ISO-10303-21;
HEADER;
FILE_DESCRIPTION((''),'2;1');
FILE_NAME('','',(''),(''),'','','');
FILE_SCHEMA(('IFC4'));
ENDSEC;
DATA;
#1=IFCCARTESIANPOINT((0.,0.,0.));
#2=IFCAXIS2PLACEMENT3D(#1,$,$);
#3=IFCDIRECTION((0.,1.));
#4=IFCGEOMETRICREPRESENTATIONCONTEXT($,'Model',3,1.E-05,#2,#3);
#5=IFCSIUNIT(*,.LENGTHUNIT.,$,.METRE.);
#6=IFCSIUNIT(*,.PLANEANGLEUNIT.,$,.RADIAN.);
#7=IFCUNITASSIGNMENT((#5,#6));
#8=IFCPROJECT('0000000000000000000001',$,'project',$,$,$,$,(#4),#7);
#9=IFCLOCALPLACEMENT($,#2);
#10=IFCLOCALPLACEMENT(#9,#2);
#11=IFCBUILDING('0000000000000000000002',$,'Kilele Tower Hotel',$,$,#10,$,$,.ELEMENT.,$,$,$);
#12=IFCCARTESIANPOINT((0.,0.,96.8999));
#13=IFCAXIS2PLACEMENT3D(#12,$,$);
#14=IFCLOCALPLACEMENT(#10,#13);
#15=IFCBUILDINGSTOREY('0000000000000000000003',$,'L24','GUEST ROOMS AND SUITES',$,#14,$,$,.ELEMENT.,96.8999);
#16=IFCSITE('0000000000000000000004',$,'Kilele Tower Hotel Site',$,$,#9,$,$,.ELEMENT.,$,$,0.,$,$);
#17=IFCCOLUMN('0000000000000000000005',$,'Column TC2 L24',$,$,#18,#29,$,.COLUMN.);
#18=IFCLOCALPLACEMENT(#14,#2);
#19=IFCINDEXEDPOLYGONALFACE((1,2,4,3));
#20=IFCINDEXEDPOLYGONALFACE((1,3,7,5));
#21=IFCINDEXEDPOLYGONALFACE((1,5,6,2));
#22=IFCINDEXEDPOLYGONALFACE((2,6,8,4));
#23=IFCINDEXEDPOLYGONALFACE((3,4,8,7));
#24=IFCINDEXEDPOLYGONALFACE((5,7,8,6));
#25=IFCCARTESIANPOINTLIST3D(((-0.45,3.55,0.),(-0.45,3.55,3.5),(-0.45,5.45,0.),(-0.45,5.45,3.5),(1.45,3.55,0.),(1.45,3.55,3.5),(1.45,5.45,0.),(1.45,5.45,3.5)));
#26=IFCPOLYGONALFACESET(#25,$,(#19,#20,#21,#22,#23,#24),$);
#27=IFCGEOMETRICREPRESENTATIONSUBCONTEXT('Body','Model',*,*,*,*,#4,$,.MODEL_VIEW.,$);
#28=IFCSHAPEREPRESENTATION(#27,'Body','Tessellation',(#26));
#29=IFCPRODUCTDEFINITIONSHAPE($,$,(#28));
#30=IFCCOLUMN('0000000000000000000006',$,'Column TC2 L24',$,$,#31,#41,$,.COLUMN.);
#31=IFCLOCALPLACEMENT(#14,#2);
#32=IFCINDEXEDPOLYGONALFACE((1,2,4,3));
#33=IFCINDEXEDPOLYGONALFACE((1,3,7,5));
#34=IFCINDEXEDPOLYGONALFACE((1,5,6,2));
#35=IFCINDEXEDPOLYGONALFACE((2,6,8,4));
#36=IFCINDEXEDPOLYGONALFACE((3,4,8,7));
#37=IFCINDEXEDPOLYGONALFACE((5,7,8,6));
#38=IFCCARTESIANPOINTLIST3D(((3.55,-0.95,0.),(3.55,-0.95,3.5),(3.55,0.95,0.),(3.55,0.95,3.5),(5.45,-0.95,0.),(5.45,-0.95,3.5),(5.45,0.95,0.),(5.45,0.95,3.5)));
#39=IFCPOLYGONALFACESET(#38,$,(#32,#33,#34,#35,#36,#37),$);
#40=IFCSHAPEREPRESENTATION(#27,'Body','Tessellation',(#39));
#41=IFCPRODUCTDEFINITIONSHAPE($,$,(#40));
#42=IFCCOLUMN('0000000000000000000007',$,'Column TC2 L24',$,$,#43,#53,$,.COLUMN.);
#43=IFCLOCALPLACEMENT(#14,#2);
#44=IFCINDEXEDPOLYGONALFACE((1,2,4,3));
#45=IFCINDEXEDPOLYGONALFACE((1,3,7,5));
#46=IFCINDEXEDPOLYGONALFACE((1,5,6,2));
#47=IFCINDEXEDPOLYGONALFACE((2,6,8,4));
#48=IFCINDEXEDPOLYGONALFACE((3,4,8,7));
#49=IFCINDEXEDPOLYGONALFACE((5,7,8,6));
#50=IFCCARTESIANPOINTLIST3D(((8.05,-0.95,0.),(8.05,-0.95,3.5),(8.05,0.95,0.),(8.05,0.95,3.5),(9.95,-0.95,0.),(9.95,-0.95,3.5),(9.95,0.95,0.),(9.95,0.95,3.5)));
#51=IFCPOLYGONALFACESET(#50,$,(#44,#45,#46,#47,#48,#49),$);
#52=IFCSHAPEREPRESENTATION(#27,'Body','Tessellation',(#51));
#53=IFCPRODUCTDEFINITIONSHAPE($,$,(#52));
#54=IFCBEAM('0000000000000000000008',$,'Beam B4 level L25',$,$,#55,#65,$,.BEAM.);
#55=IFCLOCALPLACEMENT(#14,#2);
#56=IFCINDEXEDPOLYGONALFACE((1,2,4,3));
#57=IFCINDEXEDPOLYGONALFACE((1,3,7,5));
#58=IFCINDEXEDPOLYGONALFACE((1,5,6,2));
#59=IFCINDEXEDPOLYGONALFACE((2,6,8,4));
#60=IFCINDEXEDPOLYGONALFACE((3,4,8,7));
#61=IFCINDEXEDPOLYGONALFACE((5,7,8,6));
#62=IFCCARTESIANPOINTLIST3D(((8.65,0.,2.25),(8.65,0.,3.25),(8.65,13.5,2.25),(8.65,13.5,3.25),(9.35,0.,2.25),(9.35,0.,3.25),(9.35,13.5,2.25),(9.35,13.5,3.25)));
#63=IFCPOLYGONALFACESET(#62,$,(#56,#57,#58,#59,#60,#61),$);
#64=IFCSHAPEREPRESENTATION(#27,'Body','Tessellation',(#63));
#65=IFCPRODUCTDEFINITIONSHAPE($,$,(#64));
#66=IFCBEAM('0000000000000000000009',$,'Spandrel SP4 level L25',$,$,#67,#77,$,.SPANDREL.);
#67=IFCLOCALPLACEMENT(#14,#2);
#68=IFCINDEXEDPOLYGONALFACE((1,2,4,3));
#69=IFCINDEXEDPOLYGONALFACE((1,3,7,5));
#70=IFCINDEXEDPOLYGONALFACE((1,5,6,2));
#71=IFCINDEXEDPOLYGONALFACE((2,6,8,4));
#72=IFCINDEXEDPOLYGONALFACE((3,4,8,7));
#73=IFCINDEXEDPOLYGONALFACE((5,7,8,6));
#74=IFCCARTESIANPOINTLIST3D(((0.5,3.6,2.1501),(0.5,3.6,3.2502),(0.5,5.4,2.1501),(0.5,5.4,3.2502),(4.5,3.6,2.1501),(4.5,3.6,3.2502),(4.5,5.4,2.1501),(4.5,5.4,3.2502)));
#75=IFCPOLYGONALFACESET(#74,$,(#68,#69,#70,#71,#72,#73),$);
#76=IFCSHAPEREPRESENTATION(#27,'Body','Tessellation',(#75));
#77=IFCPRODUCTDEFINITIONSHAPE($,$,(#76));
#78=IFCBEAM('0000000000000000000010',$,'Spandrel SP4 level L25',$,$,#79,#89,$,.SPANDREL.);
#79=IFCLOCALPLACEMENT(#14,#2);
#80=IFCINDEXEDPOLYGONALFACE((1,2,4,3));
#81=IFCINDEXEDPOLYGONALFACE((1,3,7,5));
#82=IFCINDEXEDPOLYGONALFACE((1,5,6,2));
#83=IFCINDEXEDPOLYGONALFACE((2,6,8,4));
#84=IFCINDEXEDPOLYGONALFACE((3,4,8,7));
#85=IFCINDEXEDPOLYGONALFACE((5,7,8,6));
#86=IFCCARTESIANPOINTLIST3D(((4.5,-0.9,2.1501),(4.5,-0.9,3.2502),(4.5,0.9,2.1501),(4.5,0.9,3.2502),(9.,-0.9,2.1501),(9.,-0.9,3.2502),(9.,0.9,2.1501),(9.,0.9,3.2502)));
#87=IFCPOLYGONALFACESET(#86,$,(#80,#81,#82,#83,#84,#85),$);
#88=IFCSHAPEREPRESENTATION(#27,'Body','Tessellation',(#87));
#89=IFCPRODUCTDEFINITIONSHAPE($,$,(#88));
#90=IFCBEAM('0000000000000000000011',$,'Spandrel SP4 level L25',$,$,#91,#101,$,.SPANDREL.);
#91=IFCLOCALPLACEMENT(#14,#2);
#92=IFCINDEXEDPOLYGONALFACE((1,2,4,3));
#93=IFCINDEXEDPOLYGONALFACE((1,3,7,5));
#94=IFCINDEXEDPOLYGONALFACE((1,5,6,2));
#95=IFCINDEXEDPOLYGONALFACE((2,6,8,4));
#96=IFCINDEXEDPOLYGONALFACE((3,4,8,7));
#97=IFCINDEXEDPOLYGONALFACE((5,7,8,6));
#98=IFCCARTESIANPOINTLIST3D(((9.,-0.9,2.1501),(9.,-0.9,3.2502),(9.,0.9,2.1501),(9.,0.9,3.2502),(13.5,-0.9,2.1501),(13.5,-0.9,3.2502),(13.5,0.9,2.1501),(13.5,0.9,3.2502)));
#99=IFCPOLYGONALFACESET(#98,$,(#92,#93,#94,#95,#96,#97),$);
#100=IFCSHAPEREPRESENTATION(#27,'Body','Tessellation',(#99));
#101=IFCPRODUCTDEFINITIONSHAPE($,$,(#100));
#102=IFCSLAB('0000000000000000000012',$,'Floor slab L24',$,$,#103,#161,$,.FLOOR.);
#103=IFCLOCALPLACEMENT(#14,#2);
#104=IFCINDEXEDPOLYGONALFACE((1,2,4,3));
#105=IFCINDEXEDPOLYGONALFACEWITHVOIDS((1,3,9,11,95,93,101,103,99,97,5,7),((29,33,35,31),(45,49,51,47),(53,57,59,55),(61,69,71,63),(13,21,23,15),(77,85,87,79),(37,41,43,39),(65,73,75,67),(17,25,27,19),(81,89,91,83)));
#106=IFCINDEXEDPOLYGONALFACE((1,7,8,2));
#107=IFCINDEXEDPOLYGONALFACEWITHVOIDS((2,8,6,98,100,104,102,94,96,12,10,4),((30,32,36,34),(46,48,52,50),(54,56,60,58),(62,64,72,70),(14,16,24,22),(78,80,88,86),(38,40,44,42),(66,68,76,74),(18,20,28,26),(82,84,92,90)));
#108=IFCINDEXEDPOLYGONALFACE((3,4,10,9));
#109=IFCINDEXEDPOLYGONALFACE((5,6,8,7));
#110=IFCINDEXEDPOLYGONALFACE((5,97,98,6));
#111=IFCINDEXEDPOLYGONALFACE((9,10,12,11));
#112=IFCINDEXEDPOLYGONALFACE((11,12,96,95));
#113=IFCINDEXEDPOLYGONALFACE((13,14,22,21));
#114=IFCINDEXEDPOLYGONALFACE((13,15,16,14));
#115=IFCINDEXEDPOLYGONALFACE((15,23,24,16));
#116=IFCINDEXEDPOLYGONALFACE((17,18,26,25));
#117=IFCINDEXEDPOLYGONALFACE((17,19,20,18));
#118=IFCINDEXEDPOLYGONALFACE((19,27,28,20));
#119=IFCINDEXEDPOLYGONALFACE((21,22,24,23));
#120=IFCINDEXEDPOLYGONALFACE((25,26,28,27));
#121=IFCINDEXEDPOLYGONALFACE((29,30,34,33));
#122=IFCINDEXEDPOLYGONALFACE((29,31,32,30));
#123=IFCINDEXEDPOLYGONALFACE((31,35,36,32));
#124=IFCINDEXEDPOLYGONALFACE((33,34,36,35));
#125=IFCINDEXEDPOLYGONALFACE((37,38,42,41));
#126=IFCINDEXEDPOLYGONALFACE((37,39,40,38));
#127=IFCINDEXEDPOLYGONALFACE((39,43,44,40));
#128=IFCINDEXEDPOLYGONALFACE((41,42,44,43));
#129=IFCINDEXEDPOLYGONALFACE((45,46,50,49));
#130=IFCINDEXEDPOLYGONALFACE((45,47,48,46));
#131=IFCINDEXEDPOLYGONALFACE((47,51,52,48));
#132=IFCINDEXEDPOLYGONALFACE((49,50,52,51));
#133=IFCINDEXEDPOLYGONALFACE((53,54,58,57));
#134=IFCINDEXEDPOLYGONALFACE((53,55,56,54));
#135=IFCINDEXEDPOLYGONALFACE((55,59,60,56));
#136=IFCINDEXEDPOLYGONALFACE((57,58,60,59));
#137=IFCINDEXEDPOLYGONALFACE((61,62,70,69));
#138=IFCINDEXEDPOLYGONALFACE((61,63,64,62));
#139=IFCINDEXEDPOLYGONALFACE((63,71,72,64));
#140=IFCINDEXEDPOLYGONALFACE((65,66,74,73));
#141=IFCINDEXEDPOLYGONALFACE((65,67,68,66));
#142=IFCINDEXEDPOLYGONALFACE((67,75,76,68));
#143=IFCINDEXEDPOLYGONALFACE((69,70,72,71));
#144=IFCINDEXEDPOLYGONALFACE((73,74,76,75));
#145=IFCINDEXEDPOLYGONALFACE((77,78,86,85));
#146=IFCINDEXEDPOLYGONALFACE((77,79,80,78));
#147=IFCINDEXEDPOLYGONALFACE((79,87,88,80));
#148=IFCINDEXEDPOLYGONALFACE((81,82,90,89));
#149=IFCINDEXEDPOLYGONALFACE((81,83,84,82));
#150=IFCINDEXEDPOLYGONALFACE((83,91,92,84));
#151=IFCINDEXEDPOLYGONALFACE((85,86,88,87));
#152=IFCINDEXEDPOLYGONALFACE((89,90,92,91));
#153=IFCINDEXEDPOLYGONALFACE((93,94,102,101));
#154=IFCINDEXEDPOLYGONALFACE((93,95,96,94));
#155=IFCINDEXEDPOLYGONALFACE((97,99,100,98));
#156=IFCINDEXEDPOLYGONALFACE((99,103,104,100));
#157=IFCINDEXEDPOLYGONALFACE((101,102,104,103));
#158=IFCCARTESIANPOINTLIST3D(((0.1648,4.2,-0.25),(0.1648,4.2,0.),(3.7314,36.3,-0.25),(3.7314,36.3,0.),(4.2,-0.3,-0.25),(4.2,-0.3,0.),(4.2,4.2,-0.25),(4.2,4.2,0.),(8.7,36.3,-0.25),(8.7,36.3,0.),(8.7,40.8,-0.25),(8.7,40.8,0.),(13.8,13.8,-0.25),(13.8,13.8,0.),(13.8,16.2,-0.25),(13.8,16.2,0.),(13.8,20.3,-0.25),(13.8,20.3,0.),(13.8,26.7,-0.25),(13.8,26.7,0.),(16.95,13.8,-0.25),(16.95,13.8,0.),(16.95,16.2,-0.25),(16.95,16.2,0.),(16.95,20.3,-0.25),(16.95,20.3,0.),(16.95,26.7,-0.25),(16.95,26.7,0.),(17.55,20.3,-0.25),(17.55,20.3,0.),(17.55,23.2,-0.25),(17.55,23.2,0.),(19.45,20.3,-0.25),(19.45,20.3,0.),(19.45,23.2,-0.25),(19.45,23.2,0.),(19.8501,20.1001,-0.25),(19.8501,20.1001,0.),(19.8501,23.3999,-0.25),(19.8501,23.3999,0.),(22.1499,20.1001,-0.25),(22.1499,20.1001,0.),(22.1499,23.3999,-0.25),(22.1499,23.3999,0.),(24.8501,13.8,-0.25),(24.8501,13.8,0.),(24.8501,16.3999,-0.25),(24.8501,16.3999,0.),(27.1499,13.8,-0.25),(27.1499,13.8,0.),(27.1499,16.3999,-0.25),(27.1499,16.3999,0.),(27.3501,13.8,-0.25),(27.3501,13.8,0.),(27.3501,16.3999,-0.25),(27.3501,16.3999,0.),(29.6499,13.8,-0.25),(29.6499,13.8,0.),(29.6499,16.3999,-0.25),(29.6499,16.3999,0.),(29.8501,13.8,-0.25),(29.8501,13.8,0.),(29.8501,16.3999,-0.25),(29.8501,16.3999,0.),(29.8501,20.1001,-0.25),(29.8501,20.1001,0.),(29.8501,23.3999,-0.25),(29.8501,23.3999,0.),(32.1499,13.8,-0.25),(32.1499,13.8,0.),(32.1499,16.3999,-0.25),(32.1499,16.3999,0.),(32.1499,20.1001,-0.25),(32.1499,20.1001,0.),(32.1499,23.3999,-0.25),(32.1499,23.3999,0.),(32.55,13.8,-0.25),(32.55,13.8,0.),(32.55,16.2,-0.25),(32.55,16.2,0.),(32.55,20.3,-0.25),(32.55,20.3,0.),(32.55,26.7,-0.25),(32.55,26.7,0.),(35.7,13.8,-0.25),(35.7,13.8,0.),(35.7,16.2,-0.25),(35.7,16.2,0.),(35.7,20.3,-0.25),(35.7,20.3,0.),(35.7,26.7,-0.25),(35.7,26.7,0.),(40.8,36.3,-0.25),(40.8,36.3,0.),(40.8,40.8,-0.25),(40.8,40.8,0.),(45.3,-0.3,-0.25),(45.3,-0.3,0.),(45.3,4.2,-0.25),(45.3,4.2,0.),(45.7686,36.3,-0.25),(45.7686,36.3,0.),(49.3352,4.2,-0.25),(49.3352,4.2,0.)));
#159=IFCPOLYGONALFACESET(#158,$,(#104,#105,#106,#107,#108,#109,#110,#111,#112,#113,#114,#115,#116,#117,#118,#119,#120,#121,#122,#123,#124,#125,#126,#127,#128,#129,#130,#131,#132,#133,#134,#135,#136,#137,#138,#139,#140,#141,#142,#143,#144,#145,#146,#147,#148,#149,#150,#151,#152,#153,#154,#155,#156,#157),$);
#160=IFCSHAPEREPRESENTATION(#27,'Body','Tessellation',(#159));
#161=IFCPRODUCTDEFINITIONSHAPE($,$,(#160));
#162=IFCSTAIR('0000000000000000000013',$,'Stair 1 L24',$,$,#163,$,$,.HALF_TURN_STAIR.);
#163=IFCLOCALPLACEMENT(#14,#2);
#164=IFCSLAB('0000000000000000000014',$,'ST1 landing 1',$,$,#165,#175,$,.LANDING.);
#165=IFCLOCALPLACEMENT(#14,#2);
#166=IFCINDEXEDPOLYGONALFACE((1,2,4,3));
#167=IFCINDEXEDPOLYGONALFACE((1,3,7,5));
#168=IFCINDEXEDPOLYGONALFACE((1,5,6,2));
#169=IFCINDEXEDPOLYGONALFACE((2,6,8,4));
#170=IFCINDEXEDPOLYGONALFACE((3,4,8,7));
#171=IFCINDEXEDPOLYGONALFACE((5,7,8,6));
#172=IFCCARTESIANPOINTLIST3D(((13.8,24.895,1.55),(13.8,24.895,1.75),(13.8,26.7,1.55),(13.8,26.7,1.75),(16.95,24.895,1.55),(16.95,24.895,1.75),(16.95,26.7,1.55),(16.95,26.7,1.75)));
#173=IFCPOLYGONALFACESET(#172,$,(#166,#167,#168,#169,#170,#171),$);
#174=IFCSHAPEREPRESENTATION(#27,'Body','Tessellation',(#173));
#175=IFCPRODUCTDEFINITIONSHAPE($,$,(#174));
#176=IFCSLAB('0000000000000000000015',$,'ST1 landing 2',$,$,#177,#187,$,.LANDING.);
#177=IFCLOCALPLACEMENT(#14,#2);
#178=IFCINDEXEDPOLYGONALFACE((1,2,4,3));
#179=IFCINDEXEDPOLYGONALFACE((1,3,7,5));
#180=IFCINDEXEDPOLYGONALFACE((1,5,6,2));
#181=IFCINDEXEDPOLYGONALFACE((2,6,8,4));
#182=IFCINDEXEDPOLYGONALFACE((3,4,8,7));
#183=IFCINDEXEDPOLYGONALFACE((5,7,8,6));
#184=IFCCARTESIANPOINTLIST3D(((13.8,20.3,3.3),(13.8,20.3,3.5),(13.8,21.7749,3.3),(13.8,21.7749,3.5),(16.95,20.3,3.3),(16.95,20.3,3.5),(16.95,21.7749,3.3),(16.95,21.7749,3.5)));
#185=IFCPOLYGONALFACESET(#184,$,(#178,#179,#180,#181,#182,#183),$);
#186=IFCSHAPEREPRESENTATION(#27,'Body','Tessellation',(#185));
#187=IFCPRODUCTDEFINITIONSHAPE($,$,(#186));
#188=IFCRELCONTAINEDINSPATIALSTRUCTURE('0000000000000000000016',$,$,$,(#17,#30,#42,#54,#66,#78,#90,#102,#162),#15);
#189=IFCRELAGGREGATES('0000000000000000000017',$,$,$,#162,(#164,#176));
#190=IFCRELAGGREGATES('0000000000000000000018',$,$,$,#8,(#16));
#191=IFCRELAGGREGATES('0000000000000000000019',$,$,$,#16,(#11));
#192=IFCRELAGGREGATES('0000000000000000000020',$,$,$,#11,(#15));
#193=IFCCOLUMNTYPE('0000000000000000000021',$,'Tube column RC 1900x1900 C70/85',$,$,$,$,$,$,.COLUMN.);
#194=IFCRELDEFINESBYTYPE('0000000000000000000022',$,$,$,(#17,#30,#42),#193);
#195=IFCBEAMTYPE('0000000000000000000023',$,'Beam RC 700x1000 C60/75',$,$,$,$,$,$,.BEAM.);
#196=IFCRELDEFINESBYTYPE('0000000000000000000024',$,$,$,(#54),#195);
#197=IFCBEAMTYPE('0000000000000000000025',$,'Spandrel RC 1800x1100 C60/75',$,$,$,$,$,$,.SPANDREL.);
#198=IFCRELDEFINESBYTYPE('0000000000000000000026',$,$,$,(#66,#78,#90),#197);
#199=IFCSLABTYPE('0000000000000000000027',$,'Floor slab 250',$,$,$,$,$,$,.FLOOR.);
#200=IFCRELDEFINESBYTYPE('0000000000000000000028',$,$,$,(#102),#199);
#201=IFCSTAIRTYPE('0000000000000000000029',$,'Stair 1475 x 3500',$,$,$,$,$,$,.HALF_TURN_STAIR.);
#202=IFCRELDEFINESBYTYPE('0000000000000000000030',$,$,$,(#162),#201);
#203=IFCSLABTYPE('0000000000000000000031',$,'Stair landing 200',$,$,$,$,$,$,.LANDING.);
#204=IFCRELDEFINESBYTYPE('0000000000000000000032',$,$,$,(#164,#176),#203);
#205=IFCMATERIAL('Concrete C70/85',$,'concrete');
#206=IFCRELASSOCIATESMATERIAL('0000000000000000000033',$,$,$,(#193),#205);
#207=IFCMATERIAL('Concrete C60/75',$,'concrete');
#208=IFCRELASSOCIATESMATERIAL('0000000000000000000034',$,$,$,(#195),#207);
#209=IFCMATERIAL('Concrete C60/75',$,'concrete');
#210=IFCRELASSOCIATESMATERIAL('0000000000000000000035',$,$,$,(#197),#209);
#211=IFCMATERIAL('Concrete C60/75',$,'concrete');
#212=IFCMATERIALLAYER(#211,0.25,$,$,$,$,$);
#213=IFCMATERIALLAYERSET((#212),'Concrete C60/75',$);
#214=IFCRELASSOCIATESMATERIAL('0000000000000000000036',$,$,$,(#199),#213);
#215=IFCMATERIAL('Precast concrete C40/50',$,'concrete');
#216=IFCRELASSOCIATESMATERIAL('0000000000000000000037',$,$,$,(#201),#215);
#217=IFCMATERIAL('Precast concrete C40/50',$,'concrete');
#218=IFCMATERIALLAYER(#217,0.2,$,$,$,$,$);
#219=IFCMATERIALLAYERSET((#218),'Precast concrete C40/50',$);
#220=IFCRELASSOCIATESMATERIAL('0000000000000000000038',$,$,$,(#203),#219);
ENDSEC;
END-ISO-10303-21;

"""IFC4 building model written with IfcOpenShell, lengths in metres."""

from ifc_helpers import new_model, si_unit, direction, frame, origin, origin_2d, place, context, subcontext, project, spatial, polyline, rectangle, outline, extrude, material, layer, layer_set, material_profile, profile_set, type_object, element, aggregate, save


model = new_model("IFC4")

# Units and contexts
model_context = context("Model", 3, precision=1e-05, world=origin(), true_north=direction((0.0, 1.0)))
body_context = subcontext(model_context, "Body", "Model", "MODEL_VIEW")
ifc_project = project(units=[si_unit("LENGTHUNIT", "METRE"), si_unit("PLANEANGLEUNIT", "RADIAN")], contexts=[model_context])

# Site, building, storey
site_placement = place(None, origin())
site = spatial("IfcSite", under=ifc_project, at=site_placement, Name="Kilele Tower Hotel Site", CompositionType="ELEMENT", RefElevation=0.0)
building_placement = place(site_placement, origin())
building = spatial("IfcBuilding", under=site, at=building_placement, Name="Kilele Tower Hotel", CompositionType="ELEMENT")
storey_placement = place(building_placement, frame((0.0, 0.0, 96.8999)))
storey = spatial("IfcBuildingStorey", under=building, at=storey_placement, Name="L24", Description="GUEST ROOMS AND SUITES", CompositionType="ELEMENT", Elevation=96.8999)

# Columns
ifc_material_1 = material(Name="Concrete C70/85", Category="concrete")
ifc_material_profile_1 = material_profile(ifc_material_1, rectangle(XDim=1.8999, YDim=1.8999, at=origin_2d()))
ifc_profile_set_1 = profile_set([ifc_material_profile_1], Name="Concrete C70/85")
column_type = type_object("IfcColumnType", Name="Tube column RC 1900x1900 C70/85", PredefinedType="COLUMN", material=ifc_profile_set_1)
for number, where, z_axis, x_axis, name in (
    (1, (0.5, 4.5, 0.0), (0.0, 0.0, 1.0), (1.0, 0.0, 0.0), "Column TC2 L24"),
    (2, (4.5, 0.0, 0.0), (0.0, 0.0, 1.0), (1.0, 0.0, 0.0), "Column TC2 L24"),
    (3, (9.0, 0.0, 0.0), (0.0, 0.0, 1.0), (1.0, 0.0, 0.0), "Column TC2 L24"),
):
    element("IfcColumn", number, at=place(storey_placement, frame(where, z_axis=z_axis, x_axis=x_axis)), inside=storey, type_object=column_type, Name=name, PredefinedType="COLUMN", context=body_context, shape_type="SweptSolid", body=[
        extrude(rectangle(XDim=1.8999, YDim=1.8999, at=origin_2d()), origin(), (0.0, 0.0, 1.0), 3.5),
    ])

# Beams
ifc_material_2 = material(Name="Concrete C60/75", Category="concrete")
ifc_material_profile_2 = material_profile(ifc_material_2, rectangle(XDim=0.7, YDim=1.0, at=origin_2d()))
ifc_profile_set_2 = profile_set([ifc_material_profile_2], Name="Concrete C60/75")
beam_type_1 = type_object("IfcBeamType", Name="Beam RC 700x1000 C60/75", PredefinedType="BEAM", material=ifc_profile_set_2)
beam_1_placement = place(storey_placement, frame((9.0, 0.0, 2.75), z_axis=(0.0, 1.0, 0.0), x_axis=(-1.0, 0.0, 0.0)))
element("IfcBeam", 4, at=beam_1_placement, inside=storey, type_object=beam_type_1, Name="Beam B4 level L25", PredefinedType="BEAM", context=body_context, shape_type="SweptSolid", body=[
    extrude(rectangle(XDim=0.7, YDim=1.0, at=origin_2d()), origin(), (0.0, 0.0, 1.0), 13.5),
])
ifc_material_3 = material(Name="Concrete C60/75", Category="concrete")
ifc_material_profile_3 = material_profile(ifc_material_3, rectangle(XDim=1.8, YDim=1.1001, at=origin_2d()))
ifc_profile_set_3 = profile_set([ifc_material_profile_3], Name="Concrete C60/75")
beam_type_2 = type_object("IfcBeamType", Name="Spandrel RC 1800x1100 C60/75", PredefinedType="SPANDREL", material=ifc_profile_set_3)
beam_2_placement = place(storey_placement, frame((0.5, 4.5, 2.7002), z_axis=(1.0, 0.0, 0.0), x_axis=(0.0, 1.0, 0.0)))
element("IfcBeam", 5, at=beam_2_placement, inside=storey, type_object=beam_type_2, Name="Spandrel SP4 level L25", PredefinedType="SPANDREL", context=body_context, shape_type="SweptSolid", body=[
    extrude(rectangle(XDim=1.8, YDim=1.1001, at=origin_2d()), origin(), (0.0, 0.0, 1.0), 4.0),
])
for number, where, z_axis, x_axis, name in (
    (6, (4.5, 0.0, 2.7002), (1.0, 0.0, 0.0), (0.0, 1.0, 0.0), "Spandrel SP4 level L25"),
    (7, (9.0, 0.0, 2.7002), (1.0, 0.0, 0.0), (0.0, 1.0, 0.0), "Spandrel SP4 level L25"),
):
    element("IfcBeam", number, at=place(storey_placement, frame(where, z_axis=z_axis, x_axis=x_axis)), inside=storey, type_object=beam_type_2, Name=name, PredefinedType="SPANDREL", context=body_context, shape_type="SweptSolid", body=[
        extrude(rectangle(XDim=1.8, YDim=1.1001, at=origin_2d()), origin(), (0.0, 0.0, 1.0), 4.5),
    ])

# Slab
ifc_material_4 = material(Name="Concrete C60/75", Category="concrete")
ifc_layer_1 = layer(ifc_material_4, 0.25)
ifc_layer_set_1 = layer_set([ifc_layer_1], Name="Concrete C60/75")
slab_type_1 = type_object("IfcSlabType", Name="Floor slab 250", PredefinedType="FLOOR", material=ifc_layer_set_1)
slab_1_placement = place(storey_placement, frame((0.0, 0.0, -0.25)))
element("IfcSlab", 8, at=slab_1_placement, inside=storey, type_object=slab_type_1, Name="Floor slab L24", PredefinedType="FLOOR", context=body_context, shape_type="SweptSolid", body=[
    extrude(outline(polyline([(8.7, 36.3), (8.7, 40.8), (40.8, 40.8), (40.8, 36.3), (45.7686, 36.3), (49.3352, 4.2), (45.3, 4.2), (45.3, -0.3), (4.2, -0.3), (4.2, 4.2), (0.1648, 4.2), (3.7314, 36.3), (8.7, 36.3)]), holes=[polyline([(16.95, 16.2), (13.8, 16.2), (13.8, 13.8), (16.95, 13.8), (16.95, 16.2)]), polyline([(35.7, 16.2), (32.55, 16.2), (32.55, 13.8), (35.7, 13.8), (35.7, 16.2)]), polyline([(27.1499, 16.3999), (24.8501, 16.3999), (24.8501, 13.8), (27.1499, 13.8), (27.1499, 16.3999)]), polyline([(29.6499, 13.8), (29.6499, 16.3999), (27.3501, 16.3999), (27.3501, 13.8), (29.6499, 13.8)]), polyline([(32.1499, 13.8), (32.1499, 16.3999), (29.8501, 16.3999), (29.8501, 13.8), (32.1499, 13.8)]), polyline([(19.45, 23.2), (17.55, 23.2), (17.55, 20.3), (19.45, 20.3), (19.45, 23.2)]), polyline([(22.1499, 23.3999), (19.8501, 23.3999), (19.8501, 20.1001), (22.1499, 20.1001), (22.1499, 23.3999)]), polyline([(32.1499, 23.3999), (29.8501, 23.3999), (29.8501, 20.1001), (32.1499, 20.1001), (32.1499, 23.3999)]), polyline([(16.95, 20.3), (16.95, 26.7), (13.8, 26.7), (13.8, 20.3), (16.95, 20.3)]), polyline([(35.7, 20.3), (35.7, 26.7), (32.55, 26.7), (32.55, 20.3), (35.7, 20.3)])]), origin(), (0.0, 0.0, 1.0), 0.25),
])

# Stair, slabs
ifc_material_5 = material(Name="Precast concrete C40/50", Category="concrete")
stair_type = type_object("IfcStairType", Name="Stair 1475 x 3500", PredefinedType="HALF_TURN_STAIR", material=ifc_material_5)
stair_1_placement = place(storey_placement, origin())
stair_1 = element("IfcStair", 9, at=stair_1_placement, inside=storey, type_object=stair_type, Name="Stair 1 L24", PredefinedType="HALF_TURN_STAIR")
ifc_material_6 = material(Name="Precast concrete C40/50", Category="concrete")
ifc_layer_2 = layer(ifc_material_6, 0.2)
ifc_layer_set_2 = layer_set([ifc_layer_2], Name="Precast concrete C40/50")
slab_type_2 = type_object("IfcSlabType", Name="Stair landing 200", PredefinedType="LANDING", material=ifc_layer_set_2)
slab_2_placement = place(storey_placement, frame((0.0, 0.0, 1.55)))
slab_2 = element("IfcSlab", 10, at=slab_2_placement, type_object=slab_type_2, Name="ST1 landing 1", PredefinedType="LANDING", context=body_context, shape_type="SweptSolid", body=[
    extrude(outline(polyline([(13.8, 24.895), (16.95, 24.895), (16.95, 26.7), (13.8, 26.7), (13.8, 24.895)])), origin(), (0.0, 0.0, 1.0), 0.2),
])
slab_3_placement = place(storey_placement, frame((0.0, 0.0, 3.3)))
slab_3 = element("IfcSlab", 11, at=slab_3_placement, type_object=slab_type_2, Name="ST1 landing 2", PredefinedType="LANDING", context=body_context, shape_type="SweptSolid", body=[
    extrude(outline(polyline([(13.8, 20.3), (16.95, 20.3), (16.95, 21.7749), (13.8, 21.7749), (13.8, 20.3)])), origin(), (0.0, 0.0, 1.0), 0.2),
])
aggregate(stair_1, [slab_2, slab_3])

save(model, "model.ifc")
